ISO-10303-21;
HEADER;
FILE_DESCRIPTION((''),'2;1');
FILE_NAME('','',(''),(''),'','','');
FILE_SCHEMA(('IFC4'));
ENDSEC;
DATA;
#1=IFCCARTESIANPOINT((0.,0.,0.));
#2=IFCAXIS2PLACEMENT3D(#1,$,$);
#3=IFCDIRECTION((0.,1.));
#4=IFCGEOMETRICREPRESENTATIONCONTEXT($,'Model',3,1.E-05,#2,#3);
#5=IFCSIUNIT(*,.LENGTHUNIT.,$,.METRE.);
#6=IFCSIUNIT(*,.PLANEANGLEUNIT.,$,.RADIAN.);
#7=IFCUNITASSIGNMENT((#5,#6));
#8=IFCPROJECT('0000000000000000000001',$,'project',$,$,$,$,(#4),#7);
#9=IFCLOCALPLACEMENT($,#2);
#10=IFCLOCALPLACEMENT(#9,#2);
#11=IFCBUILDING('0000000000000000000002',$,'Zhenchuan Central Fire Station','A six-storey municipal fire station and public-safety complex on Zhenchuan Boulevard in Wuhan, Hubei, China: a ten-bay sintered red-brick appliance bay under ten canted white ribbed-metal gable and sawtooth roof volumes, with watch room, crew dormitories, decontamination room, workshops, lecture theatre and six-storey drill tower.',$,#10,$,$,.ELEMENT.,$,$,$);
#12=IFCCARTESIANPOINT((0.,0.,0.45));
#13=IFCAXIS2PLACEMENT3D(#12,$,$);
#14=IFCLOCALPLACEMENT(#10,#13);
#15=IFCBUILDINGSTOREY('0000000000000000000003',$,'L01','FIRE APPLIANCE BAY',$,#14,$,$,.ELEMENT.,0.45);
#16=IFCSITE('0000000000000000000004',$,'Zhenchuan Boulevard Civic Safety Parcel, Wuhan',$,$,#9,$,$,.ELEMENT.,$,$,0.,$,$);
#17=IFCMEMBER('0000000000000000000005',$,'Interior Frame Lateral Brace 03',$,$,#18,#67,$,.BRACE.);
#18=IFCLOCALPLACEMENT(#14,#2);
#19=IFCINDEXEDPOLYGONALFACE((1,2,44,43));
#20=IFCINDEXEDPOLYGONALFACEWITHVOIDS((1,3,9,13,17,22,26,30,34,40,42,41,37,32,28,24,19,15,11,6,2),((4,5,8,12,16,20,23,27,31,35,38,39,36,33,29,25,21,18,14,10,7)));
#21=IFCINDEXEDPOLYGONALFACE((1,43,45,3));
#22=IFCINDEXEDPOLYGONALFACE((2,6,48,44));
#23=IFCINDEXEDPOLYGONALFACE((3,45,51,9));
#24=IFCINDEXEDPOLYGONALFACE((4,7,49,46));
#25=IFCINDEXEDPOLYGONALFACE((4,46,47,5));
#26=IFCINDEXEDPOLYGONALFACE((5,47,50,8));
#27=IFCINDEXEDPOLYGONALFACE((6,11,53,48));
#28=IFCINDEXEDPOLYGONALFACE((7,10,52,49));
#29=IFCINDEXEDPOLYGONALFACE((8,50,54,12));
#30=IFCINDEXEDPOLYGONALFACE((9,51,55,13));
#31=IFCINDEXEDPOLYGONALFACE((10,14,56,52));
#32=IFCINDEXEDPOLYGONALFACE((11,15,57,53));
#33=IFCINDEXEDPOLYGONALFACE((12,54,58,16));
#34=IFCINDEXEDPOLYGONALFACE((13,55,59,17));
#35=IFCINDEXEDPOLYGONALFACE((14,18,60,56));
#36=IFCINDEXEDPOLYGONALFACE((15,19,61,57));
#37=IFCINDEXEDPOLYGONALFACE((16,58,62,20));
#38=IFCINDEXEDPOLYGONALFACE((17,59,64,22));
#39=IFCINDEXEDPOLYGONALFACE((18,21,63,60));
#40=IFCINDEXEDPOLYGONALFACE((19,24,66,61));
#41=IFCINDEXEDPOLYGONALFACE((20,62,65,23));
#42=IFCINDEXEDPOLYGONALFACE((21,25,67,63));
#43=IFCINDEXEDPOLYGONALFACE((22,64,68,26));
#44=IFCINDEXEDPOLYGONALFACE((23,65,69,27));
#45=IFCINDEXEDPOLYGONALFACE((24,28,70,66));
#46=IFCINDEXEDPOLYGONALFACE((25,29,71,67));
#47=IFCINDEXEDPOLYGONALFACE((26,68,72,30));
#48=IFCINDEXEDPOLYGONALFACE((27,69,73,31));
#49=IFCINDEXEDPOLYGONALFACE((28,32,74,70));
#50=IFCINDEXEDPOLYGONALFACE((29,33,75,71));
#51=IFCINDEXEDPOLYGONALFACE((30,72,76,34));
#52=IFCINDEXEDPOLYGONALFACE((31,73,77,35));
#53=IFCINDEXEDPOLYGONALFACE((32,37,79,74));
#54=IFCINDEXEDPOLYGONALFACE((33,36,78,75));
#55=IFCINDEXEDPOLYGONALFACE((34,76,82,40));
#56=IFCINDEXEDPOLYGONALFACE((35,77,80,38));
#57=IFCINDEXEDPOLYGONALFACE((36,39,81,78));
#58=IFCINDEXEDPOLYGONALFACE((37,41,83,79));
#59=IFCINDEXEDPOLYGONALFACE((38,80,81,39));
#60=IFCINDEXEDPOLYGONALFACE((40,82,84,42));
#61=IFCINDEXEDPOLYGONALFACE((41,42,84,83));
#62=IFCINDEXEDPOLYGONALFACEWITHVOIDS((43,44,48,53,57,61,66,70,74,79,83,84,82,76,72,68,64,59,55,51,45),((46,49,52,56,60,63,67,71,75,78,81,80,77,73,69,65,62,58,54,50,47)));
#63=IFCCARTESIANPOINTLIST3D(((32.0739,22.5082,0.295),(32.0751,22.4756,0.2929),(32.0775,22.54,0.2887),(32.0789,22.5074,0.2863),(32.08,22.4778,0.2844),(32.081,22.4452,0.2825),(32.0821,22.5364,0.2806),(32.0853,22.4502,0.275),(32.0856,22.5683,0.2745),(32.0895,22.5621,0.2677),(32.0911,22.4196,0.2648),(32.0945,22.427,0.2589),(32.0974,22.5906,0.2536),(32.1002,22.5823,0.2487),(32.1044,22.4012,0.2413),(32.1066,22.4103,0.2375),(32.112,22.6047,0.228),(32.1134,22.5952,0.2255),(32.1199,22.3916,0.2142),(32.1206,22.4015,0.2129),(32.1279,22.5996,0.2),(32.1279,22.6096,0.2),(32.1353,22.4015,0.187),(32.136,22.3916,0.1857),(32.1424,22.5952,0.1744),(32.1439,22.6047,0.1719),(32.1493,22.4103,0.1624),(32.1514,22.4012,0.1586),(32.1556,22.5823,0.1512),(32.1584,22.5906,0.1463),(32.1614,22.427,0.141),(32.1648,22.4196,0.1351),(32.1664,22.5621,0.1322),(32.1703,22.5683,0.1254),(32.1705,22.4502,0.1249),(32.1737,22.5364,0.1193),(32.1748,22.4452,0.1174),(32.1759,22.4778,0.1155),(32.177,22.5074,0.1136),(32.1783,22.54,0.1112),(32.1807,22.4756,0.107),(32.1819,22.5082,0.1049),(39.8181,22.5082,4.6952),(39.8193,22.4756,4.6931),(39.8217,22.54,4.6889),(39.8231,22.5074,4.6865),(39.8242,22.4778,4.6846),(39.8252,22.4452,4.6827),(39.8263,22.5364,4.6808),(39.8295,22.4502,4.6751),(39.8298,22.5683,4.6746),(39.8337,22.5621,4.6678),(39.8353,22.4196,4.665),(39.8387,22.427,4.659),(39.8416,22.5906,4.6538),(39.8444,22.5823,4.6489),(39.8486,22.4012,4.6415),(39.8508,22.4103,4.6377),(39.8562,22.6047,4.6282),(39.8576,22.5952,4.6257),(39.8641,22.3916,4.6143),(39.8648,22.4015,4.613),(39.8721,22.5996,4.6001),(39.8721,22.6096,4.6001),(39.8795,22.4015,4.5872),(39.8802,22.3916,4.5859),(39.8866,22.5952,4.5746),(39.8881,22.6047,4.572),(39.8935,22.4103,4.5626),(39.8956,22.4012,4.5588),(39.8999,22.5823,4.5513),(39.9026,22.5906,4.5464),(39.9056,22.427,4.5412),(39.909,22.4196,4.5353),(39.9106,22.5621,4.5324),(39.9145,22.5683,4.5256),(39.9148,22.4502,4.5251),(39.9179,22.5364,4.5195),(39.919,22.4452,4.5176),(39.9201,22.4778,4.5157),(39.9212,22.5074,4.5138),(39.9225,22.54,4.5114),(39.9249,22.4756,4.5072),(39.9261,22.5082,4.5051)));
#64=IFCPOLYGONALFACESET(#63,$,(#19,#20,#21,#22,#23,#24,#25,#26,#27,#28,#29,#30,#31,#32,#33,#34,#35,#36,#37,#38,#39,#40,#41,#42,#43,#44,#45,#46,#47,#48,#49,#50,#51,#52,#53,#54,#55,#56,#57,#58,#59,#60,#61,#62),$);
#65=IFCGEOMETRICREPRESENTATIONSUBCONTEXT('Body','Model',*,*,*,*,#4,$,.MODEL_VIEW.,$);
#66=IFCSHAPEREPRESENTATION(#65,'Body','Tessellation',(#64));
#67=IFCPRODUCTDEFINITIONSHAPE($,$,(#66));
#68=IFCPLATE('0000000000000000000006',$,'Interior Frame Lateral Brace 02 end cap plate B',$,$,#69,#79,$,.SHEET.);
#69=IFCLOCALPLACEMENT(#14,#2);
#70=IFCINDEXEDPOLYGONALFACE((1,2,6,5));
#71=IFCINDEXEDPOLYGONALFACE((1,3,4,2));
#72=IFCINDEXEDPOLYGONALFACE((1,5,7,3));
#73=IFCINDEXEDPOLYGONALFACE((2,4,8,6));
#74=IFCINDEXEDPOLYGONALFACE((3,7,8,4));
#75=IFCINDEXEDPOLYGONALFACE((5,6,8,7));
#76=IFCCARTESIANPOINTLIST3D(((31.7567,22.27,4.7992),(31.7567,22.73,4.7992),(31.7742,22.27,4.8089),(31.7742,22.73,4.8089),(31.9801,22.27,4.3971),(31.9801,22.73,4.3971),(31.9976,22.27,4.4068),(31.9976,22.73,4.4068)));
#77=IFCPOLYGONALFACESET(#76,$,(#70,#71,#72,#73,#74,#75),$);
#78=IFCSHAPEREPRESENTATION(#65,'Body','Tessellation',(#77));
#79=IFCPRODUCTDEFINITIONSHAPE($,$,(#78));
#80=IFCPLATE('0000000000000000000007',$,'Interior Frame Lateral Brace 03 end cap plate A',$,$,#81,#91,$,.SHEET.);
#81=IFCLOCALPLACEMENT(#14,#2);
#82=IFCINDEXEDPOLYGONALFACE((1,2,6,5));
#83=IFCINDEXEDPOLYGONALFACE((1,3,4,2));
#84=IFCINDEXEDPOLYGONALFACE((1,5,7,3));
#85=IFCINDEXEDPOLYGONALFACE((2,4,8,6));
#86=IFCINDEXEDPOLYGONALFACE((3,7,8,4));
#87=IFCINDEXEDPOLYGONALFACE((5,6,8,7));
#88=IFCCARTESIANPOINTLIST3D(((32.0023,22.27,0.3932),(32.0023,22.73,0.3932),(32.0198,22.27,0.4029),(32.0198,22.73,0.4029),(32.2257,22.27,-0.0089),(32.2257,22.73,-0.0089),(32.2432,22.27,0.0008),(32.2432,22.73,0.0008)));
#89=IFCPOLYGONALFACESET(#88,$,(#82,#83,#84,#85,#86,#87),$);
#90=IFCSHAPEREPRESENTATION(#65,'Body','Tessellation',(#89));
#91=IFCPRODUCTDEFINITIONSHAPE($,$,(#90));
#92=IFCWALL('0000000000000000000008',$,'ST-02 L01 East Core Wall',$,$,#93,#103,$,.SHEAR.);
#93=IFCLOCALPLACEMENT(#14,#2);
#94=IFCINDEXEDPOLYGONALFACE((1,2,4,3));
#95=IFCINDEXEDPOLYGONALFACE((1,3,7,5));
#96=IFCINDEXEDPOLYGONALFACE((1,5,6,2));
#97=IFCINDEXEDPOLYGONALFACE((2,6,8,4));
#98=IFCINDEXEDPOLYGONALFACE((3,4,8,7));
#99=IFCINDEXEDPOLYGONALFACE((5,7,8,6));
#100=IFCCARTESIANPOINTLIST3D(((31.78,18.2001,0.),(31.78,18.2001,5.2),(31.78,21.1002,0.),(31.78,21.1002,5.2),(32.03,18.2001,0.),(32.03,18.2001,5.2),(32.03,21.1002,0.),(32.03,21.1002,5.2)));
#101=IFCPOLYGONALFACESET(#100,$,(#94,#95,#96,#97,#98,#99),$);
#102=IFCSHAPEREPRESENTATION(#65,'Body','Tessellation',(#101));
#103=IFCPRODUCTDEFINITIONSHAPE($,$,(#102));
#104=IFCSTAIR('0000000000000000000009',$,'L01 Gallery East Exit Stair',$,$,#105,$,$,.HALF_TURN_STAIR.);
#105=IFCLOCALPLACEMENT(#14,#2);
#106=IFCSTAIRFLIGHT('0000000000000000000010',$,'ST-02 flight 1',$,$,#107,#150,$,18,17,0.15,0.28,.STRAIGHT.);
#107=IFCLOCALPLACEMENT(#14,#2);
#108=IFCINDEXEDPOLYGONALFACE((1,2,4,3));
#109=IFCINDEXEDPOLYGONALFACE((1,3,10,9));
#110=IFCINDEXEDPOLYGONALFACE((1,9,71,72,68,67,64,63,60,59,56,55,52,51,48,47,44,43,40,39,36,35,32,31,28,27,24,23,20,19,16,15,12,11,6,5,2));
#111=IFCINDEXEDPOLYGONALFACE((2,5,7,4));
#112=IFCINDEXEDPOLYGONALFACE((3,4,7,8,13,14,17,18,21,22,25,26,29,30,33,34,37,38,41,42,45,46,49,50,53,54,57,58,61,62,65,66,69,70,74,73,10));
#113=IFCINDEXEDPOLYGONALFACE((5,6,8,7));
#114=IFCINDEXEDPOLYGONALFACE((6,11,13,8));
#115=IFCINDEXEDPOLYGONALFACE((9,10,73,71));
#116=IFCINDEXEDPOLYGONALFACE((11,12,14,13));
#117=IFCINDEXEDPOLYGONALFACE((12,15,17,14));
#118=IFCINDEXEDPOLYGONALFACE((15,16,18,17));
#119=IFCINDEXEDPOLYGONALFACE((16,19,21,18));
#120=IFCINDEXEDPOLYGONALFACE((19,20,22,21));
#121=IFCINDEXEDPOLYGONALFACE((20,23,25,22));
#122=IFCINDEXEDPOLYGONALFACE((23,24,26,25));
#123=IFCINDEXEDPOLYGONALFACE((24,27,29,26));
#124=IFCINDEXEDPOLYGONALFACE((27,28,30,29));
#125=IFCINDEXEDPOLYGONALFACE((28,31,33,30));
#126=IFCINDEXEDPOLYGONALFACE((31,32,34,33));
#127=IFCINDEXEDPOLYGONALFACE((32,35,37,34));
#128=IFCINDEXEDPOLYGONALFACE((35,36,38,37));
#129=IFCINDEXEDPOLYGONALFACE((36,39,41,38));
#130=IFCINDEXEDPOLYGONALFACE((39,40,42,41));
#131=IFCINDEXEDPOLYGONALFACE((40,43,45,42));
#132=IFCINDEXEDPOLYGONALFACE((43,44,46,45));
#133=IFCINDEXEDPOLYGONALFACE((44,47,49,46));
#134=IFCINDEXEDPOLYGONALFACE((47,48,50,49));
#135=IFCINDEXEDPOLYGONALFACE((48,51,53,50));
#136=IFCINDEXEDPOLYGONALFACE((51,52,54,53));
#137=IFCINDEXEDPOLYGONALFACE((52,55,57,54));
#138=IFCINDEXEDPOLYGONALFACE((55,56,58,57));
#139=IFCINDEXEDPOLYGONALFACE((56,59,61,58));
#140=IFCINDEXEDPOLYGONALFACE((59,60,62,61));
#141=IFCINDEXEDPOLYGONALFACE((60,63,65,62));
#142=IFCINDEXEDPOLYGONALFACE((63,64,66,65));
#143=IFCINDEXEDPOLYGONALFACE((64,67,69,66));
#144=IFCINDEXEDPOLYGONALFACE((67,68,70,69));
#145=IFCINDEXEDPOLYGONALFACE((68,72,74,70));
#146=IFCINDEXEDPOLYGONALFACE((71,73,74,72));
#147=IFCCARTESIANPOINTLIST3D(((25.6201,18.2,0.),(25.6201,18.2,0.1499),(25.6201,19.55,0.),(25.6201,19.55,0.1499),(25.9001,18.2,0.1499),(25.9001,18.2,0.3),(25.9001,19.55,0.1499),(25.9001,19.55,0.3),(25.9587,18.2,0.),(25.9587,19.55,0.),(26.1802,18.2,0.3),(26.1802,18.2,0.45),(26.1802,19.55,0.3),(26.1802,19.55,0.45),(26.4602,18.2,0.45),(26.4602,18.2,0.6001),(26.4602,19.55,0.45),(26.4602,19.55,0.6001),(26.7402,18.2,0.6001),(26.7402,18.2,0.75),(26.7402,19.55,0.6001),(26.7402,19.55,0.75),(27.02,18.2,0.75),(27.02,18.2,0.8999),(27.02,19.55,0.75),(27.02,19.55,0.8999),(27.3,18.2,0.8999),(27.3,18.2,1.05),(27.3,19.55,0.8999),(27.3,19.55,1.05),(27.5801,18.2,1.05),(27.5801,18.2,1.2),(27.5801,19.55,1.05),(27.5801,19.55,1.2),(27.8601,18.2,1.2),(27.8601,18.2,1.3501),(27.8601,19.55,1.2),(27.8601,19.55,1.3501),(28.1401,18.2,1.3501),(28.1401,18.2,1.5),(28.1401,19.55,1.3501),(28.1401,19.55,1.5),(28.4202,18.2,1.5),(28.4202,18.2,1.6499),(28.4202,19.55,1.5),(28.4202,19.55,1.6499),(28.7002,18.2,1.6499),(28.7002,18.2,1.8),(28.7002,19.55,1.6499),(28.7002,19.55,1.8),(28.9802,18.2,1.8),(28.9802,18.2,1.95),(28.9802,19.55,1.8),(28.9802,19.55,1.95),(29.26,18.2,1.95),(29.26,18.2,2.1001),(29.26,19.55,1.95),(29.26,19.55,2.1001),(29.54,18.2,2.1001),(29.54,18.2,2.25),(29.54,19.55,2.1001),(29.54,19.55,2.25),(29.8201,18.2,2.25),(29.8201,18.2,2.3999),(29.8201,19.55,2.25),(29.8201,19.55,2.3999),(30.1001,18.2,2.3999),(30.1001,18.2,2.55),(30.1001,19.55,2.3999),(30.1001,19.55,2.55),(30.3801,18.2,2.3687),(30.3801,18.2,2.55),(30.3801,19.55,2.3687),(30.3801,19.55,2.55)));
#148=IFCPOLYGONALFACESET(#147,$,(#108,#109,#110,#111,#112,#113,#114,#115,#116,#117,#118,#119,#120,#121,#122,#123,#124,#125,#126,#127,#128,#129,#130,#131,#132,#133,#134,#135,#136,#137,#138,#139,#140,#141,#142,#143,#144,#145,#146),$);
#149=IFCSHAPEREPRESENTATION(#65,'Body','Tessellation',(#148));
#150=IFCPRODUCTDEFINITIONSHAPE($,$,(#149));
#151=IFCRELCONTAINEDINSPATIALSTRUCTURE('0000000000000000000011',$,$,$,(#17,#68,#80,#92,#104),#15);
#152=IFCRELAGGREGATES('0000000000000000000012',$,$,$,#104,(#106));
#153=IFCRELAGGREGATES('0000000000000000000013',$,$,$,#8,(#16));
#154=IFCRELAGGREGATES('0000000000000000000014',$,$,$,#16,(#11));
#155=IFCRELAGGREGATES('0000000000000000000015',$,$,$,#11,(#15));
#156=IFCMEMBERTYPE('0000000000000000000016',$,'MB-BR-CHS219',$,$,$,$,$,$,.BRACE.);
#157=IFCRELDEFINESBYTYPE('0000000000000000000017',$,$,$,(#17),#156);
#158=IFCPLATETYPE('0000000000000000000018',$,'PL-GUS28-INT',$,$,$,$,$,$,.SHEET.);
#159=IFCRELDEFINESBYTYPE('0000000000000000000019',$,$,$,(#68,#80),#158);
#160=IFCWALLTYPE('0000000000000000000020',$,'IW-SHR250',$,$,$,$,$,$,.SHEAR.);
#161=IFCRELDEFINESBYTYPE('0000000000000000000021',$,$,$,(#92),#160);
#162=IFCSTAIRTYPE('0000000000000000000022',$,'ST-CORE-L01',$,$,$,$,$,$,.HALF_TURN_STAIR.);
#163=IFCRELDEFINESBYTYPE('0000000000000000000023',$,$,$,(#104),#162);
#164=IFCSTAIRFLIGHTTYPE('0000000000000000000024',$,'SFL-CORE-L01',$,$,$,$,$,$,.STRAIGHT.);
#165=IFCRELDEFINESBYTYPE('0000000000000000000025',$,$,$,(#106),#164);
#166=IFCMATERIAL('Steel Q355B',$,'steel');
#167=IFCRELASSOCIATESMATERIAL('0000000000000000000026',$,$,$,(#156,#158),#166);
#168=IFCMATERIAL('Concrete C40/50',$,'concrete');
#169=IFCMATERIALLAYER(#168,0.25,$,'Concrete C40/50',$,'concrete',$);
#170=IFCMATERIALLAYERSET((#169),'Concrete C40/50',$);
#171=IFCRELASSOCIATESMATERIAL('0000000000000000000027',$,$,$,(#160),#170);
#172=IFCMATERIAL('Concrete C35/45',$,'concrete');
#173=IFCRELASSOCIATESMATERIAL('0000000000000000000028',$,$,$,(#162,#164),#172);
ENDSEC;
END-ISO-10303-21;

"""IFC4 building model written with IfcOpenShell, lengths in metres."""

from ifc_helpers import new_model, si_unit, direction, frame, frame_2d, origin, origin_2d, place, context, subcontext, project, spatial, polyline, rectangle, hollow_circle, outline, extrude, material, layer, layer_set, material_profile, profile_set, type_object, element, aggregate, save


model = new_model("IFC4")

# Units and contexts
model_context = context("Model", 3, precision=1e-05, world=origin(), true_north=direction((0.0, 1.0)))
body_context = subcontext(model_context, "Body", "Model", "MODEL_VIEW")
ifc_project = project(units=[si_unit("LENGTHUNIT", "METRE"), si_unit("PLANEANGLEUNIT", "RADIAN")], contexts=[model_context])

# Site, building, storey
site_placement = place(None, origin())
site = spatial("IfcSite", under=ifc_project, at=site_placement, Name="Zhenchuan Boulevard Civic Safety Parcel, Wuhan", CompositionType="ELEMENT", RefElevation=0.0)
building_placement = place(site_placement, origin())
building = spatial("IfcBuilding", under=site, at=building_placement, Name="Zhenchuan Central Fire Station", Description="A six-storey municipal fire station and public-safety complex on Zhenchuan Boulevard in Wuhan, Hubei, China: a ten-bay sintered red-brick appliance bay under ten canted white ribbed-metal gable and sawtooth roof volumes, with watch room, crew dormitories, decontamination room, workshops, lecture theatre and six-storey drill tower.", CompositionType="ELEMENT")
storey_placement = place(building_placement, frame((0.0, 0.0, 0.45)))
storey = spatial("IfcBuildingStorey", under=building, at=storey_placement, Name="L01", Description="FIRE APPLIANCE BAY", CompositionType="ELEMENT", Elevation=0.45)

# Shared definitions
ifc_material_1 = material(Name="Concrete C40/50", Category="concrete")

# Shared definitions
ifc_material_2 = material(Name="Concrete C35/45", Category="concrete")

# Shared definitions
ifc_material_3 = material(Name="Steel Q355B", Category="steel")

# Member
ifc_material_profile_1 = material_profile(ifc_material_3, hollow_circle(Radius=0.1096, WallThickness=0.01, at=origin_2d()), Name="CHS 219.1x10")
ifc_profile_set_1 = profile_set([ifc_material_profile_1], Name="Steel Q355B")
member_type = type_object("IfcMemberType", Name="MB-BR-CHS219", PredefinedType="BRACE", material=ifc_profile_set_1)
member_placement = place(storey_placement, frame((32.1279, 22.5, 0.2), z_axis=(0.869453, 0.0, 0.494015), x_axis=(0.0, 1.0, 0.0)))
element("IfcMember", 1, at=member_placement, inside=storey, type_object=member_type, Name="Interior Frame Lateral Brace 03", PredefinedType="BRACE", context=body_context, shape_type="SweptSolid", body=[
    extrude(hollow_circle(Radius=0.1096, WallThickness=0.01, at=origin_2d()), origin(), (0.0, 0.0, 1.0), 8.907),
])

# Plates
ifc_material_profile_2 = material_profile(ifc_material_3, rectangle(XDim=0.46, YDim=0.46, at=origin_2d()), Name="PL 460x460x28")
ifc_profile_set_2 = profile_set([ifc_material_profile_2], Name="Steel Q355B")
plate_type = type_object("IfcPlateType", Name="PL-GUS28-INT", PredefinedType="SHEET", material=ifc_profile_set_2)
for number, where, z_axis, x_axis, name in (
    (2, (31.8684, 22.5, 4.5981), (0.874157, 0.0, 0.485643), (0.0, 1.0, 0.0), "Interior Frame Lateral Brace 02 end cap plate B"),
    (3, (32.114, 22.5, 0.1921), (0.874157, 0.0, 0.485643), (0.0, 1.0, 0.0), "Interior Frame Lateral Brace 03 end cap plate A"),
):
    element("IfcPlate", number, at=place(storey_placement, frame(where, z_axis=z_axis, x_axis=x_axis)), inside=storey, type_object=plate_type, Name=name, PredefinedType="SHEET", context=body_context, shape_type="SweptSolid", body=[
        extrude(rectangle(XDim=0.46, YDim=0.46, at=origin_2d()), origin(), (0.0, 0.0, 1.0), 0.02),
    ])

# Wall
ifc_layer = layer(ifc_material_1, 0.25, Name="Concrete C40/50", Category="concrete")
ifc_layer_set = layer_set([ifc_layer], Name="Concrete C40/50")
wall_type = type_object("IfcWallType", Name="IW-SHR250", PredefinedType="SHEAR", material=ifc_layer_set)
wall_placement = place(storey_placement, frame((31.905, 18.2, 0.0), z_axis=(0.0, 0.0, 1.0), x_axis=(0.0, 1.0, 0.0)))
element("IfcWall", 4, at=wall_placement, inside=storey, type_object=wall_type, Name="ST-02 L01 East Core Wall", PredefinedType="SHEAR", context=body_context, shape_type="SweptSolid", body=[
    extrude(rectangle(XDim=2.9001, YDim=0.25, at=frame_2d((1.4502, 0.0))), origin(), (0.0, 0.0, 1.0), 5.2),
])

# Stair, stair flight
stair_type = type_object("IfcStairType", Name="ST-CORE-L01", PredefinedType="HALF_TURN_STAIR", material=ifc_material_2)
stair_placement = place(storey_placement, origin())
stair = element("IfcStair", 5, at=stair_placement, inside=storey, type_object=stair_type, Name="L01 Gallery East Exit Stair", PredefinedType="HALF_TURN_STAIR")
stair_flight_type = type_object("IfcStairFlightType", Name="SFL-CORE-L01", PredefinedType="STRAIGHT", material=ifc_material_2)
stair_flight_1_placement = place(storey_placement, frame((25.6201, 18.875, 0.0), z_axis=(0.0, 0.0, 1.0), x_axis=(1.0, 0.0, 0.0)))
stair_flight_1 = element("IfcStairFlight", 6, at=stair_flight_1_placement, type_object=stair_flight_type, Name="ST-02 flight 1", NumberOfRisers=18, NumberOfTreads=17, PredefinedType="STRAIGHT", RiserHeight=0.15, TreadLength=0.28, context=body_context, shape_type="SweptSolid", body=[
    extrude(outline(polyline([(0.0, 0.0), (0.0, 0.1499), (0.28, 0.1499), (0.28, 0.3), (0.5601, 0.3), (0.5601, 0.45), (0.8401, 0.45), (0.8401, 0.6001), (1.1201, 0.6001), (1.1201, 0.75), (1.3999, 0.75), (1.3999, 0.8999), (1.6799, 0.8999), (1.6799, 1.05), (1.96, 1.05), (1.96, 1.2), (2.24, 1.2), (2.24, 1.3501), (2.52, 1.3501), (2.52, 1.5), (2.8, 1.5), (2.8, 1.6499), (3.0801, 1.6499), (3.0801, 1.8), (3.3601, 1.8), (3.3601, 1.95), (3.6399, 1.95), (3.6399, 2.1001), (3.9199, 2.1001), (3.9199, 2.25), (4.2, 2.25), (4.2, 2.3999), (4.48, 2.3999), (4.48, 2.55), (4.76, 2.55), (4.76, 2.7), (4.76, 2.3687), (0.3386, 0.0), (0.0, 0.0)])), frame((0.0, 0.675, 0.0), z_axis=(0.0, -1.0, 0.0), x_axis=(1.0, 0.0, 0.0)), (0.0, 0.0, 1.0), 1.3501),
])
aggregate(stair, [stair_flight_1])

save(model, "model.ifc")
